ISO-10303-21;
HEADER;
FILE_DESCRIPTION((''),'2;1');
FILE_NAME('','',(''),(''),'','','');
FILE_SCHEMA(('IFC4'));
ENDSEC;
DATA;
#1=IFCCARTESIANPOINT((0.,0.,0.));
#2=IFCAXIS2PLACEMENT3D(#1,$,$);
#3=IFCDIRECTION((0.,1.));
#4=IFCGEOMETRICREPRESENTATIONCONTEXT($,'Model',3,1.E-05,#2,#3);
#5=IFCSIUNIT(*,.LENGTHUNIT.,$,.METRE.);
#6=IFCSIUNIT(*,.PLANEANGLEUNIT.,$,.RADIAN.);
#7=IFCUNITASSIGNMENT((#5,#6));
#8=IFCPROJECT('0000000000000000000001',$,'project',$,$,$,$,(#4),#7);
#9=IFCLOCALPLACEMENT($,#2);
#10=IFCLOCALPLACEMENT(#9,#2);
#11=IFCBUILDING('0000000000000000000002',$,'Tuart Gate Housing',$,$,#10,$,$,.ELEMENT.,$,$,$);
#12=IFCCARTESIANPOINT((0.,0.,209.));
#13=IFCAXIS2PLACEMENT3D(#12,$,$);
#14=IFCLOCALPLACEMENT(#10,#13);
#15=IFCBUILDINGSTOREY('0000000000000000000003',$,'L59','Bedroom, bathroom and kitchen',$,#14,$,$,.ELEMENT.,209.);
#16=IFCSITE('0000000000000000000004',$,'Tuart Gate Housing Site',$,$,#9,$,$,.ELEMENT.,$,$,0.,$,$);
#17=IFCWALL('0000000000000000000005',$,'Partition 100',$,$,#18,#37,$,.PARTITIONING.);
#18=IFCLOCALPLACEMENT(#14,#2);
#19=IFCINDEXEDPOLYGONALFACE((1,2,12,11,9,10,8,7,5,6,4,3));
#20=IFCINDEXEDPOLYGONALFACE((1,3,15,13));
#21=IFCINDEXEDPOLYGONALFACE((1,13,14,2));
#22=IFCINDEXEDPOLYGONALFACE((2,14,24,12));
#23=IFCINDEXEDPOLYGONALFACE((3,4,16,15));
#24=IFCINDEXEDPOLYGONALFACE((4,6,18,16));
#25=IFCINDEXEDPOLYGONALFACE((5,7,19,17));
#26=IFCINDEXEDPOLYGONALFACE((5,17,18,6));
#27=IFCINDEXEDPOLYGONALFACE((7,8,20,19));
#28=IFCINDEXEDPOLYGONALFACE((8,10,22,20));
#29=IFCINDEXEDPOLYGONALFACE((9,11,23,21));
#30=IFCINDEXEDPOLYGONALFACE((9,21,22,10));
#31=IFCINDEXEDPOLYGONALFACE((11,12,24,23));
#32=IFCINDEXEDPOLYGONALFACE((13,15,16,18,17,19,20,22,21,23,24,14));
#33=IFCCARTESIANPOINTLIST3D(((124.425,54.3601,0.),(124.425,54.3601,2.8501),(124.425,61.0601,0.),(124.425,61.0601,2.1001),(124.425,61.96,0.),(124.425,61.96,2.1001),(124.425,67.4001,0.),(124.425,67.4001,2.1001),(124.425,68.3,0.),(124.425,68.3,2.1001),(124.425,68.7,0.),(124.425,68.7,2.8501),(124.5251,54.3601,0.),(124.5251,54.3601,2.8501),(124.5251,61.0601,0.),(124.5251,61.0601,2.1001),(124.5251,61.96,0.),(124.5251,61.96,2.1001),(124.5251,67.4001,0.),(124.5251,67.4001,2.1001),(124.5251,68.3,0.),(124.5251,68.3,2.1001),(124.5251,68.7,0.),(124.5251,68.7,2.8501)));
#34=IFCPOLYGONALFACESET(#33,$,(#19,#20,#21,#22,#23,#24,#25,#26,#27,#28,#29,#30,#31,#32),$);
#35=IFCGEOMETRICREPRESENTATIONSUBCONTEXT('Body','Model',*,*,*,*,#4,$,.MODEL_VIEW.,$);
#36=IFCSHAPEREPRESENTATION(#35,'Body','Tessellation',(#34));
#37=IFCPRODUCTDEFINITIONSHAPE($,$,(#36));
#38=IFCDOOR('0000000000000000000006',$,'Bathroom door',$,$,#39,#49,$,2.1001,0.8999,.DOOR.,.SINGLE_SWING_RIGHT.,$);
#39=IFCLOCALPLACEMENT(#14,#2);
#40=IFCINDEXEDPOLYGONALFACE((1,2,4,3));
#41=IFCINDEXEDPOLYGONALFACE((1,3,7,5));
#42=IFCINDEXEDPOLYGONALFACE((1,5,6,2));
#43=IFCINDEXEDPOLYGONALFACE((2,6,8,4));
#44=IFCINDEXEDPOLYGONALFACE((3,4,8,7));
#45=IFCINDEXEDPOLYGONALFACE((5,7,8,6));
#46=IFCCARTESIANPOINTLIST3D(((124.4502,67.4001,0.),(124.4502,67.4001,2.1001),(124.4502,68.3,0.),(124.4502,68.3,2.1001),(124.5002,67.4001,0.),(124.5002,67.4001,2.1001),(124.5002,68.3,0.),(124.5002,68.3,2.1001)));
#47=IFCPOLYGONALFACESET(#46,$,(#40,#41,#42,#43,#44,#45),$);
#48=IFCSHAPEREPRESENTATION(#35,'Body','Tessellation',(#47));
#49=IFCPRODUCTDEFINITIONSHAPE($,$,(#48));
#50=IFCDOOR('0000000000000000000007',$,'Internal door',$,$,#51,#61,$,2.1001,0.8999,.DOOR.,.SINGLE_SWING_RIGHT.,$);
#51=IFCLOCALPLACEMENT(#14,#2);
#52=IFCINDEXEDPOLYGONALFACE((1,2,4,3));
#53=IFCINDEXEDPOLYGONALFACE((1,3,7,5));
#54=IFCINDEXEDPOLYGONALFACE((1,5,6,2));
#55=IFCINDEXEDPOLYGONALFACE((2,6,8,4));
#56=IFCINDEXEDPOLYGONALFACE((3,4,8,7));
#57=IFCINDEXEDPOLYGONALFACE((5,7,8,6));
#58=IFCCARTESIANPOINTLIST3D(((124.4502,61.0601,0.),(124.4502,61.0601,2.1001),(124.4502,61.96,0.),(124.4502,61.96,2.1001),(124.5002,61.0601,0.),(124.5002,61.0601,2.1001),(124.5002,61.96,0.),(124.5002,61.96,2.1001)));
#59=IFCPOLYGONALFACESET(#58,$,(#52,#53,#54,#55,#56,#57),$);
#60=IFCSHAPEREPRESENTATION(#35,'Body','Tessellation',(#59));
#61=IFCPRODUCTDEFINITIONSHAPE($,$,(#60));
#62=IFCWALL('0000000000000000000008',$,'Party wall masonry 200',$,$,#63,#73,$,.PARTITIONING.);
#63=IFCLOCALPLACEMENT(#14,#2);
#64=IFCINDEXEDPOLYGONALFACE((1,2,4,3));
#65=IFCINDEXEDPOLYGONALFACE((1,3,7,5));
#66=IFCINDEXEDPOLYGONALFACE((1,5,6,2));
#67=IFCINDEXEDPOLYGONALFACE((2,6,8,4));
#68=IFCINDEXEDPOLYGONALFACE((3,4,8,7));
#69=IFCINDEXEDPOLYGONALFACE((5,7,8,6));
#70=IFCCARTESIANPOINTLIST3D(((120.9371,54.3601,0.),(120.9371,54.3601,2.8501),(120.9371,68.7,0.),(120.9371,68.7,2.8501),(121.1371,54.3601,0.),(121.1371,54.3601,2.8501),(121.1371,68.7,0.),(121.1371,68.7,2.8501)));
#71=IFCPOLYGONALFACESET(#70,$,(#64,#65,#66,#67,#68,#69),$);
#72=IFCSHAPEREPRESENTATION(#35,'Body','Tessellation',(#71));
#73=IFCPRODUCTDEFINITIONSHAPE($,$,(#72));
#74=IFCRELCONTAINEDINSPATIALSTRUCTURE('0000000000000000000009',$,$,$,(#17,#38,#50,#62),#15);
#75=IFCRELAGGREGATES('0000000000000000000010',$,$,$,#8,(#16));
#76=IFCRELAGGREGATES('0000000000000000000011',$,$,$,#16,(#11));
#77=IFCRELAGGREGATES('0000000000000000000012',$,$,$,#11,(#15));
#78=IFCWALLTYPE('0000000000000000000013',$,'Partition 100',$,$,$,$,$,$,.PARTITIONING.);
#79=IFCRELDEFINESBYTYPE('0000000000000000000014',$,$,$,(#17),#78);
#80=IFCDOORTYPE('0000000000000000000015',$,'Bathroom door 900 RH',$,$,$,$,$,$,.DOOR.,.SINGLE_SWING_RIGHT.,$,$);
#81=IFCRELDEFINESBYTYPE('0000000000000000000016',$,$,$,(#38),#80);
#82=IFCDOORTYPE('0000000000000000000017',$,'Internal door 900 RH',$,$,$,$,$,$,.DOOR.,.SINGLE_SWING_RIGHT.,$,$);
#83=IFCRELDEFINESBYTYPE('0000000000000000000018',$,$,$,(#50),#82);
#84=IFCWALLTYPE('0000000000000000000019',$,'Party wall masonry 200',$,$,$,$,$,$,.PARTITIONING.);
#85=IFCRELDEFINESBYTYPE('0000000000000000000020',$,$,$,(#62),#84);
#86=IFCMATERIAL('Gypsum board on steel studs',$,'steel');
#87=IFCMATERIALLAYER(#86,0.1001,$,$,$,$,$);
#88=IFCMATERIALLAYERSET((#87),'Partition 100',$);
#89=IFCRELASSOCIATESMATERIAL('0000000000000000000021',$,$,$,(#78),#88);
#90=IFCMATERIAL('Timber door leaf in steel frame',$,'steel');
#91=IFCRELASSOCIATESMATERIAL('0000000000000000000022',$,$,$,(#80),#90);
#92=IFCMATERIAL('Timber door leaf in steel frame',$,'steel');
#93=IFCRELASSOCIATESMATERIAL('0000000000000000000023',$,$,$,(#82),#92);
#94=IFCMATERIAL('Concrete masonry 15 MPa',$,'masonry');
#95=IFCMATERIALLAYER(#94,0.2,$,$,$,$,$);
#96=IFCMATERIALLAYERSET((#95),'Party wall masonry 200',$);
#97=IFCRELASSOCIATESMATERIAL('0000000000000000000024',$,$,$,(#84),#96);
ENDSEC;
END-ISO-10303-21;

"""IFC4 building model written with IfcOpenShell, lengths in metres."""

from ifc_helpers import new_model, si_unit, direction, frame, frame_2d, origin, place, context, subcontext, project, spatial, rectangle, extrude, material, layer, layer_set, type_object, element, fill, save


model = new_model("IFC4")

# Units and contexts
model_context = context("Model", 3, precision=1e-05, world=origin(), true_north=direction((0.0, 1.0)))
body_context = subcontext(model_context, "Body", "Model", "MODEL_VIEW")
ifc_project = project(units=[si_unit("LENGTHUNIT", "METRE"), si_unit("PLANEANGLEUNIT", "RADIAN")], contexts=[model_context])

# Site, building, storey
site_placement = place(None, origin())
site = spatial("IfcSite", under=ifc_project, at=site_placement, Name="Tuart Gate Housing Site", CompositionType="ELEMENT", RefElevation=0.0)
building_placement = place(site_placement, origin())
building = spatial("IfcBuilding", under=site, at=building_placement, Name="Tuart Gate Housing", CompositionType="ELEMENT")
storey_placement = place(building_placement, frame((0.0, 0.0, 209.0)))
storey = spatial("IfcBuildingStorey", under=building, at=storey_placement, Name="L59", Description="Bedroom, bathroom and kitchen", CompositionType="ELEMENT", Elevation=209.0)

# Shared definitions
ifc_material_1 = material(Name="Gypsum board on steel studs", Category="steel")
ifc_layer_1 = layer(ifc_material_1, 0.1001)
ifc_layer_set_1 = layer_set([ifc_layer_1], Name="Partition 100")
wall_type_1 = type_object("IfcWallType", Name="Partition 100", PredefinedType="PARTITIONING", material=ifc_layer_set_1)

# Wall, openings, doors
ifc_material_2 = material(Name="Timber door leaf in steel frame", Category="steel")
door_type_1 = type_object("IfcDoorType", Name="Bathroom door 900 RH", OperationType="SINGLE_SWING_RIGHT", PredefinedType="DOOR", material=ifc_material_2)
ifc_material_3 = material(Name="Timber door leaf in steel frame", Category="steel")
door_type_2 = type_object("IfcDoorType", Name="Internal door 900 RH", OperationType="SINGLE_SWING_RIGHT", PredefinedType="DOOR", material=ifc_material_3)
wall_1_placement = place(storey_placement, frame((124.4751, 54.3601, 0.0), z_axis=(0.0, 0.0, 1.0), x_axis=(0.0, 1.0, 0.0)))
wall_1 = element("IfcWall", 1, at=wall_1_placement, inside=storey, type_object=wall_type_1, Name="Partition 100", PredefinedType="PARTITIONING", context=body_context, shape_type="SweptSolid", body=[
    extrude(rectangle(XDim=14.3398, YDim=0.1001, at=frame_2d((7.1699, 0.0))), origin(), (0.0, 0.0, 1.0), 2.8501),
])
opening_1_placement = place(wall_1_placement, frame((6.7, 0.0, 0.0)))
opening_1 = element("IfcOpeningElement", 2, at=opening_1_placement, cuts=wall_1, PredefinedType="OPENING", context=body_context, shape_type="SweptSolid", body=[
    extrude(rectangle(XDim=0.8999, YDim=2.1001, at=frame_2d((0.45, 1.05))), frame((0.0, 0.0601, 0.0), z_axis=(0.0, -1.0, 0.0), x_axis=(1.0, 0.0, 0.0)), (0.0, 0.0, 1.0), 0.1201),
])
opening_2_placement = place(wall_1_placement, frame((13.04, 0.0, 0.0)))
opening_2 = element("IfcOpeningElement", 3, at=opening_2_placement, cuts=wall_1, PredefinedType="OPENING", context=body_context, shape_type="SweptSolid", body=[
    extrude(rectangle(XDim=0.8999, YDim=2.1001, at=frame_2d((0.45, 1.05))), frame((0.0, 0.0601, 0.0), z_axis=(0.0, -1.0, 0.0), x_axis=(1.0, 0.0, 0.0)), (0.0, 0.0, 1.0), 0.1201),
])
door_1_placement = place(opening_2_placement, origin())
door_1 = element("IfcDoor", 4, at=door_1_placement, inside=storey, type_object=door_type_1, Name="Bathroom door", OperationType="SINGLE_SWING_RIGHT", OverallHeight=2.1001, OverallWidth=0.8999, PredefinedType="DOOR", context=body_context, shape_type="SweptSolid", body=[
    extrude(rectangle(XDim=0.8999, YDim=2.1001, at=frame_2d((0.45, 1.05))), frame((0.0, 0.0249, 0.0), z_axis=(0.0, -1.0, 0.0), x_axis=(1.0, 0.0, 0.0)), (0.0, 0.0, 1.0), 0.05),
])
fill(opening_2, door_1)
door_2_placement = place(opening_1_placement, origin())
door_2 = element("IfcDoor", 5, at=door_2_placement, inside=storey, type_object=door_type_2, Name="Internal door", OperationType="SINGLE_SWING_RIGHT", OverallHeight=2.1001, OverallWidth=0.8999, PredefinedType="DOOR", context=body_context, shape_type="SweptSolid", body=[
    extrude(rectangle(XDim=0.8999, YDim=2.1001, at=frame_2d((0.45, 1.05))), frame((0.0, 0.0249, 0.0), z_axis=(0.0, -1.0, 0.0), x_axis=(1.0, 0.0, 0.0)), (0.0, 0.0, 1.0), 0.05),
])
fill(opening_1, door_2)

# Wall
ifc_material_4 = material(Name="Concrete masonry 15 MPa", Category="masonry")
ifc_layer_2 = layer(ifc_material_4, 0.2)
ifc_layer_set_2 = layer_set([ifc_layer_2], Name="Party wall masonry 200")
wall_type_2 = type_object("IfcWallType", Name="Party wall masonry 200", PredefinedType="PARTITIONING", material=ifc_layer_set_2)
wall_2_placement = place(storey_placement, frame((121.0371, 54.3601, 0.0), z_axis=(0.0, 0.0, 1.0), x_axis=(0.0, 1.0, 0.0)))
element("IfcWall", 6, at=wall_2_placement, inside=storey, type_object=wall_type_2, Name="Party wall masonry 200", PredefinedType="PARTITIONING", context=body_context, shape_type="SweptSolid", body=[
    extrude(rectangle(XDim=14.3398, YDim=0.2, at=frame_2d((7.1699, 0.0))), origin(), (0.0, 0.0, 1.0), 2.8501),
])

save(model, "model.ifc")
